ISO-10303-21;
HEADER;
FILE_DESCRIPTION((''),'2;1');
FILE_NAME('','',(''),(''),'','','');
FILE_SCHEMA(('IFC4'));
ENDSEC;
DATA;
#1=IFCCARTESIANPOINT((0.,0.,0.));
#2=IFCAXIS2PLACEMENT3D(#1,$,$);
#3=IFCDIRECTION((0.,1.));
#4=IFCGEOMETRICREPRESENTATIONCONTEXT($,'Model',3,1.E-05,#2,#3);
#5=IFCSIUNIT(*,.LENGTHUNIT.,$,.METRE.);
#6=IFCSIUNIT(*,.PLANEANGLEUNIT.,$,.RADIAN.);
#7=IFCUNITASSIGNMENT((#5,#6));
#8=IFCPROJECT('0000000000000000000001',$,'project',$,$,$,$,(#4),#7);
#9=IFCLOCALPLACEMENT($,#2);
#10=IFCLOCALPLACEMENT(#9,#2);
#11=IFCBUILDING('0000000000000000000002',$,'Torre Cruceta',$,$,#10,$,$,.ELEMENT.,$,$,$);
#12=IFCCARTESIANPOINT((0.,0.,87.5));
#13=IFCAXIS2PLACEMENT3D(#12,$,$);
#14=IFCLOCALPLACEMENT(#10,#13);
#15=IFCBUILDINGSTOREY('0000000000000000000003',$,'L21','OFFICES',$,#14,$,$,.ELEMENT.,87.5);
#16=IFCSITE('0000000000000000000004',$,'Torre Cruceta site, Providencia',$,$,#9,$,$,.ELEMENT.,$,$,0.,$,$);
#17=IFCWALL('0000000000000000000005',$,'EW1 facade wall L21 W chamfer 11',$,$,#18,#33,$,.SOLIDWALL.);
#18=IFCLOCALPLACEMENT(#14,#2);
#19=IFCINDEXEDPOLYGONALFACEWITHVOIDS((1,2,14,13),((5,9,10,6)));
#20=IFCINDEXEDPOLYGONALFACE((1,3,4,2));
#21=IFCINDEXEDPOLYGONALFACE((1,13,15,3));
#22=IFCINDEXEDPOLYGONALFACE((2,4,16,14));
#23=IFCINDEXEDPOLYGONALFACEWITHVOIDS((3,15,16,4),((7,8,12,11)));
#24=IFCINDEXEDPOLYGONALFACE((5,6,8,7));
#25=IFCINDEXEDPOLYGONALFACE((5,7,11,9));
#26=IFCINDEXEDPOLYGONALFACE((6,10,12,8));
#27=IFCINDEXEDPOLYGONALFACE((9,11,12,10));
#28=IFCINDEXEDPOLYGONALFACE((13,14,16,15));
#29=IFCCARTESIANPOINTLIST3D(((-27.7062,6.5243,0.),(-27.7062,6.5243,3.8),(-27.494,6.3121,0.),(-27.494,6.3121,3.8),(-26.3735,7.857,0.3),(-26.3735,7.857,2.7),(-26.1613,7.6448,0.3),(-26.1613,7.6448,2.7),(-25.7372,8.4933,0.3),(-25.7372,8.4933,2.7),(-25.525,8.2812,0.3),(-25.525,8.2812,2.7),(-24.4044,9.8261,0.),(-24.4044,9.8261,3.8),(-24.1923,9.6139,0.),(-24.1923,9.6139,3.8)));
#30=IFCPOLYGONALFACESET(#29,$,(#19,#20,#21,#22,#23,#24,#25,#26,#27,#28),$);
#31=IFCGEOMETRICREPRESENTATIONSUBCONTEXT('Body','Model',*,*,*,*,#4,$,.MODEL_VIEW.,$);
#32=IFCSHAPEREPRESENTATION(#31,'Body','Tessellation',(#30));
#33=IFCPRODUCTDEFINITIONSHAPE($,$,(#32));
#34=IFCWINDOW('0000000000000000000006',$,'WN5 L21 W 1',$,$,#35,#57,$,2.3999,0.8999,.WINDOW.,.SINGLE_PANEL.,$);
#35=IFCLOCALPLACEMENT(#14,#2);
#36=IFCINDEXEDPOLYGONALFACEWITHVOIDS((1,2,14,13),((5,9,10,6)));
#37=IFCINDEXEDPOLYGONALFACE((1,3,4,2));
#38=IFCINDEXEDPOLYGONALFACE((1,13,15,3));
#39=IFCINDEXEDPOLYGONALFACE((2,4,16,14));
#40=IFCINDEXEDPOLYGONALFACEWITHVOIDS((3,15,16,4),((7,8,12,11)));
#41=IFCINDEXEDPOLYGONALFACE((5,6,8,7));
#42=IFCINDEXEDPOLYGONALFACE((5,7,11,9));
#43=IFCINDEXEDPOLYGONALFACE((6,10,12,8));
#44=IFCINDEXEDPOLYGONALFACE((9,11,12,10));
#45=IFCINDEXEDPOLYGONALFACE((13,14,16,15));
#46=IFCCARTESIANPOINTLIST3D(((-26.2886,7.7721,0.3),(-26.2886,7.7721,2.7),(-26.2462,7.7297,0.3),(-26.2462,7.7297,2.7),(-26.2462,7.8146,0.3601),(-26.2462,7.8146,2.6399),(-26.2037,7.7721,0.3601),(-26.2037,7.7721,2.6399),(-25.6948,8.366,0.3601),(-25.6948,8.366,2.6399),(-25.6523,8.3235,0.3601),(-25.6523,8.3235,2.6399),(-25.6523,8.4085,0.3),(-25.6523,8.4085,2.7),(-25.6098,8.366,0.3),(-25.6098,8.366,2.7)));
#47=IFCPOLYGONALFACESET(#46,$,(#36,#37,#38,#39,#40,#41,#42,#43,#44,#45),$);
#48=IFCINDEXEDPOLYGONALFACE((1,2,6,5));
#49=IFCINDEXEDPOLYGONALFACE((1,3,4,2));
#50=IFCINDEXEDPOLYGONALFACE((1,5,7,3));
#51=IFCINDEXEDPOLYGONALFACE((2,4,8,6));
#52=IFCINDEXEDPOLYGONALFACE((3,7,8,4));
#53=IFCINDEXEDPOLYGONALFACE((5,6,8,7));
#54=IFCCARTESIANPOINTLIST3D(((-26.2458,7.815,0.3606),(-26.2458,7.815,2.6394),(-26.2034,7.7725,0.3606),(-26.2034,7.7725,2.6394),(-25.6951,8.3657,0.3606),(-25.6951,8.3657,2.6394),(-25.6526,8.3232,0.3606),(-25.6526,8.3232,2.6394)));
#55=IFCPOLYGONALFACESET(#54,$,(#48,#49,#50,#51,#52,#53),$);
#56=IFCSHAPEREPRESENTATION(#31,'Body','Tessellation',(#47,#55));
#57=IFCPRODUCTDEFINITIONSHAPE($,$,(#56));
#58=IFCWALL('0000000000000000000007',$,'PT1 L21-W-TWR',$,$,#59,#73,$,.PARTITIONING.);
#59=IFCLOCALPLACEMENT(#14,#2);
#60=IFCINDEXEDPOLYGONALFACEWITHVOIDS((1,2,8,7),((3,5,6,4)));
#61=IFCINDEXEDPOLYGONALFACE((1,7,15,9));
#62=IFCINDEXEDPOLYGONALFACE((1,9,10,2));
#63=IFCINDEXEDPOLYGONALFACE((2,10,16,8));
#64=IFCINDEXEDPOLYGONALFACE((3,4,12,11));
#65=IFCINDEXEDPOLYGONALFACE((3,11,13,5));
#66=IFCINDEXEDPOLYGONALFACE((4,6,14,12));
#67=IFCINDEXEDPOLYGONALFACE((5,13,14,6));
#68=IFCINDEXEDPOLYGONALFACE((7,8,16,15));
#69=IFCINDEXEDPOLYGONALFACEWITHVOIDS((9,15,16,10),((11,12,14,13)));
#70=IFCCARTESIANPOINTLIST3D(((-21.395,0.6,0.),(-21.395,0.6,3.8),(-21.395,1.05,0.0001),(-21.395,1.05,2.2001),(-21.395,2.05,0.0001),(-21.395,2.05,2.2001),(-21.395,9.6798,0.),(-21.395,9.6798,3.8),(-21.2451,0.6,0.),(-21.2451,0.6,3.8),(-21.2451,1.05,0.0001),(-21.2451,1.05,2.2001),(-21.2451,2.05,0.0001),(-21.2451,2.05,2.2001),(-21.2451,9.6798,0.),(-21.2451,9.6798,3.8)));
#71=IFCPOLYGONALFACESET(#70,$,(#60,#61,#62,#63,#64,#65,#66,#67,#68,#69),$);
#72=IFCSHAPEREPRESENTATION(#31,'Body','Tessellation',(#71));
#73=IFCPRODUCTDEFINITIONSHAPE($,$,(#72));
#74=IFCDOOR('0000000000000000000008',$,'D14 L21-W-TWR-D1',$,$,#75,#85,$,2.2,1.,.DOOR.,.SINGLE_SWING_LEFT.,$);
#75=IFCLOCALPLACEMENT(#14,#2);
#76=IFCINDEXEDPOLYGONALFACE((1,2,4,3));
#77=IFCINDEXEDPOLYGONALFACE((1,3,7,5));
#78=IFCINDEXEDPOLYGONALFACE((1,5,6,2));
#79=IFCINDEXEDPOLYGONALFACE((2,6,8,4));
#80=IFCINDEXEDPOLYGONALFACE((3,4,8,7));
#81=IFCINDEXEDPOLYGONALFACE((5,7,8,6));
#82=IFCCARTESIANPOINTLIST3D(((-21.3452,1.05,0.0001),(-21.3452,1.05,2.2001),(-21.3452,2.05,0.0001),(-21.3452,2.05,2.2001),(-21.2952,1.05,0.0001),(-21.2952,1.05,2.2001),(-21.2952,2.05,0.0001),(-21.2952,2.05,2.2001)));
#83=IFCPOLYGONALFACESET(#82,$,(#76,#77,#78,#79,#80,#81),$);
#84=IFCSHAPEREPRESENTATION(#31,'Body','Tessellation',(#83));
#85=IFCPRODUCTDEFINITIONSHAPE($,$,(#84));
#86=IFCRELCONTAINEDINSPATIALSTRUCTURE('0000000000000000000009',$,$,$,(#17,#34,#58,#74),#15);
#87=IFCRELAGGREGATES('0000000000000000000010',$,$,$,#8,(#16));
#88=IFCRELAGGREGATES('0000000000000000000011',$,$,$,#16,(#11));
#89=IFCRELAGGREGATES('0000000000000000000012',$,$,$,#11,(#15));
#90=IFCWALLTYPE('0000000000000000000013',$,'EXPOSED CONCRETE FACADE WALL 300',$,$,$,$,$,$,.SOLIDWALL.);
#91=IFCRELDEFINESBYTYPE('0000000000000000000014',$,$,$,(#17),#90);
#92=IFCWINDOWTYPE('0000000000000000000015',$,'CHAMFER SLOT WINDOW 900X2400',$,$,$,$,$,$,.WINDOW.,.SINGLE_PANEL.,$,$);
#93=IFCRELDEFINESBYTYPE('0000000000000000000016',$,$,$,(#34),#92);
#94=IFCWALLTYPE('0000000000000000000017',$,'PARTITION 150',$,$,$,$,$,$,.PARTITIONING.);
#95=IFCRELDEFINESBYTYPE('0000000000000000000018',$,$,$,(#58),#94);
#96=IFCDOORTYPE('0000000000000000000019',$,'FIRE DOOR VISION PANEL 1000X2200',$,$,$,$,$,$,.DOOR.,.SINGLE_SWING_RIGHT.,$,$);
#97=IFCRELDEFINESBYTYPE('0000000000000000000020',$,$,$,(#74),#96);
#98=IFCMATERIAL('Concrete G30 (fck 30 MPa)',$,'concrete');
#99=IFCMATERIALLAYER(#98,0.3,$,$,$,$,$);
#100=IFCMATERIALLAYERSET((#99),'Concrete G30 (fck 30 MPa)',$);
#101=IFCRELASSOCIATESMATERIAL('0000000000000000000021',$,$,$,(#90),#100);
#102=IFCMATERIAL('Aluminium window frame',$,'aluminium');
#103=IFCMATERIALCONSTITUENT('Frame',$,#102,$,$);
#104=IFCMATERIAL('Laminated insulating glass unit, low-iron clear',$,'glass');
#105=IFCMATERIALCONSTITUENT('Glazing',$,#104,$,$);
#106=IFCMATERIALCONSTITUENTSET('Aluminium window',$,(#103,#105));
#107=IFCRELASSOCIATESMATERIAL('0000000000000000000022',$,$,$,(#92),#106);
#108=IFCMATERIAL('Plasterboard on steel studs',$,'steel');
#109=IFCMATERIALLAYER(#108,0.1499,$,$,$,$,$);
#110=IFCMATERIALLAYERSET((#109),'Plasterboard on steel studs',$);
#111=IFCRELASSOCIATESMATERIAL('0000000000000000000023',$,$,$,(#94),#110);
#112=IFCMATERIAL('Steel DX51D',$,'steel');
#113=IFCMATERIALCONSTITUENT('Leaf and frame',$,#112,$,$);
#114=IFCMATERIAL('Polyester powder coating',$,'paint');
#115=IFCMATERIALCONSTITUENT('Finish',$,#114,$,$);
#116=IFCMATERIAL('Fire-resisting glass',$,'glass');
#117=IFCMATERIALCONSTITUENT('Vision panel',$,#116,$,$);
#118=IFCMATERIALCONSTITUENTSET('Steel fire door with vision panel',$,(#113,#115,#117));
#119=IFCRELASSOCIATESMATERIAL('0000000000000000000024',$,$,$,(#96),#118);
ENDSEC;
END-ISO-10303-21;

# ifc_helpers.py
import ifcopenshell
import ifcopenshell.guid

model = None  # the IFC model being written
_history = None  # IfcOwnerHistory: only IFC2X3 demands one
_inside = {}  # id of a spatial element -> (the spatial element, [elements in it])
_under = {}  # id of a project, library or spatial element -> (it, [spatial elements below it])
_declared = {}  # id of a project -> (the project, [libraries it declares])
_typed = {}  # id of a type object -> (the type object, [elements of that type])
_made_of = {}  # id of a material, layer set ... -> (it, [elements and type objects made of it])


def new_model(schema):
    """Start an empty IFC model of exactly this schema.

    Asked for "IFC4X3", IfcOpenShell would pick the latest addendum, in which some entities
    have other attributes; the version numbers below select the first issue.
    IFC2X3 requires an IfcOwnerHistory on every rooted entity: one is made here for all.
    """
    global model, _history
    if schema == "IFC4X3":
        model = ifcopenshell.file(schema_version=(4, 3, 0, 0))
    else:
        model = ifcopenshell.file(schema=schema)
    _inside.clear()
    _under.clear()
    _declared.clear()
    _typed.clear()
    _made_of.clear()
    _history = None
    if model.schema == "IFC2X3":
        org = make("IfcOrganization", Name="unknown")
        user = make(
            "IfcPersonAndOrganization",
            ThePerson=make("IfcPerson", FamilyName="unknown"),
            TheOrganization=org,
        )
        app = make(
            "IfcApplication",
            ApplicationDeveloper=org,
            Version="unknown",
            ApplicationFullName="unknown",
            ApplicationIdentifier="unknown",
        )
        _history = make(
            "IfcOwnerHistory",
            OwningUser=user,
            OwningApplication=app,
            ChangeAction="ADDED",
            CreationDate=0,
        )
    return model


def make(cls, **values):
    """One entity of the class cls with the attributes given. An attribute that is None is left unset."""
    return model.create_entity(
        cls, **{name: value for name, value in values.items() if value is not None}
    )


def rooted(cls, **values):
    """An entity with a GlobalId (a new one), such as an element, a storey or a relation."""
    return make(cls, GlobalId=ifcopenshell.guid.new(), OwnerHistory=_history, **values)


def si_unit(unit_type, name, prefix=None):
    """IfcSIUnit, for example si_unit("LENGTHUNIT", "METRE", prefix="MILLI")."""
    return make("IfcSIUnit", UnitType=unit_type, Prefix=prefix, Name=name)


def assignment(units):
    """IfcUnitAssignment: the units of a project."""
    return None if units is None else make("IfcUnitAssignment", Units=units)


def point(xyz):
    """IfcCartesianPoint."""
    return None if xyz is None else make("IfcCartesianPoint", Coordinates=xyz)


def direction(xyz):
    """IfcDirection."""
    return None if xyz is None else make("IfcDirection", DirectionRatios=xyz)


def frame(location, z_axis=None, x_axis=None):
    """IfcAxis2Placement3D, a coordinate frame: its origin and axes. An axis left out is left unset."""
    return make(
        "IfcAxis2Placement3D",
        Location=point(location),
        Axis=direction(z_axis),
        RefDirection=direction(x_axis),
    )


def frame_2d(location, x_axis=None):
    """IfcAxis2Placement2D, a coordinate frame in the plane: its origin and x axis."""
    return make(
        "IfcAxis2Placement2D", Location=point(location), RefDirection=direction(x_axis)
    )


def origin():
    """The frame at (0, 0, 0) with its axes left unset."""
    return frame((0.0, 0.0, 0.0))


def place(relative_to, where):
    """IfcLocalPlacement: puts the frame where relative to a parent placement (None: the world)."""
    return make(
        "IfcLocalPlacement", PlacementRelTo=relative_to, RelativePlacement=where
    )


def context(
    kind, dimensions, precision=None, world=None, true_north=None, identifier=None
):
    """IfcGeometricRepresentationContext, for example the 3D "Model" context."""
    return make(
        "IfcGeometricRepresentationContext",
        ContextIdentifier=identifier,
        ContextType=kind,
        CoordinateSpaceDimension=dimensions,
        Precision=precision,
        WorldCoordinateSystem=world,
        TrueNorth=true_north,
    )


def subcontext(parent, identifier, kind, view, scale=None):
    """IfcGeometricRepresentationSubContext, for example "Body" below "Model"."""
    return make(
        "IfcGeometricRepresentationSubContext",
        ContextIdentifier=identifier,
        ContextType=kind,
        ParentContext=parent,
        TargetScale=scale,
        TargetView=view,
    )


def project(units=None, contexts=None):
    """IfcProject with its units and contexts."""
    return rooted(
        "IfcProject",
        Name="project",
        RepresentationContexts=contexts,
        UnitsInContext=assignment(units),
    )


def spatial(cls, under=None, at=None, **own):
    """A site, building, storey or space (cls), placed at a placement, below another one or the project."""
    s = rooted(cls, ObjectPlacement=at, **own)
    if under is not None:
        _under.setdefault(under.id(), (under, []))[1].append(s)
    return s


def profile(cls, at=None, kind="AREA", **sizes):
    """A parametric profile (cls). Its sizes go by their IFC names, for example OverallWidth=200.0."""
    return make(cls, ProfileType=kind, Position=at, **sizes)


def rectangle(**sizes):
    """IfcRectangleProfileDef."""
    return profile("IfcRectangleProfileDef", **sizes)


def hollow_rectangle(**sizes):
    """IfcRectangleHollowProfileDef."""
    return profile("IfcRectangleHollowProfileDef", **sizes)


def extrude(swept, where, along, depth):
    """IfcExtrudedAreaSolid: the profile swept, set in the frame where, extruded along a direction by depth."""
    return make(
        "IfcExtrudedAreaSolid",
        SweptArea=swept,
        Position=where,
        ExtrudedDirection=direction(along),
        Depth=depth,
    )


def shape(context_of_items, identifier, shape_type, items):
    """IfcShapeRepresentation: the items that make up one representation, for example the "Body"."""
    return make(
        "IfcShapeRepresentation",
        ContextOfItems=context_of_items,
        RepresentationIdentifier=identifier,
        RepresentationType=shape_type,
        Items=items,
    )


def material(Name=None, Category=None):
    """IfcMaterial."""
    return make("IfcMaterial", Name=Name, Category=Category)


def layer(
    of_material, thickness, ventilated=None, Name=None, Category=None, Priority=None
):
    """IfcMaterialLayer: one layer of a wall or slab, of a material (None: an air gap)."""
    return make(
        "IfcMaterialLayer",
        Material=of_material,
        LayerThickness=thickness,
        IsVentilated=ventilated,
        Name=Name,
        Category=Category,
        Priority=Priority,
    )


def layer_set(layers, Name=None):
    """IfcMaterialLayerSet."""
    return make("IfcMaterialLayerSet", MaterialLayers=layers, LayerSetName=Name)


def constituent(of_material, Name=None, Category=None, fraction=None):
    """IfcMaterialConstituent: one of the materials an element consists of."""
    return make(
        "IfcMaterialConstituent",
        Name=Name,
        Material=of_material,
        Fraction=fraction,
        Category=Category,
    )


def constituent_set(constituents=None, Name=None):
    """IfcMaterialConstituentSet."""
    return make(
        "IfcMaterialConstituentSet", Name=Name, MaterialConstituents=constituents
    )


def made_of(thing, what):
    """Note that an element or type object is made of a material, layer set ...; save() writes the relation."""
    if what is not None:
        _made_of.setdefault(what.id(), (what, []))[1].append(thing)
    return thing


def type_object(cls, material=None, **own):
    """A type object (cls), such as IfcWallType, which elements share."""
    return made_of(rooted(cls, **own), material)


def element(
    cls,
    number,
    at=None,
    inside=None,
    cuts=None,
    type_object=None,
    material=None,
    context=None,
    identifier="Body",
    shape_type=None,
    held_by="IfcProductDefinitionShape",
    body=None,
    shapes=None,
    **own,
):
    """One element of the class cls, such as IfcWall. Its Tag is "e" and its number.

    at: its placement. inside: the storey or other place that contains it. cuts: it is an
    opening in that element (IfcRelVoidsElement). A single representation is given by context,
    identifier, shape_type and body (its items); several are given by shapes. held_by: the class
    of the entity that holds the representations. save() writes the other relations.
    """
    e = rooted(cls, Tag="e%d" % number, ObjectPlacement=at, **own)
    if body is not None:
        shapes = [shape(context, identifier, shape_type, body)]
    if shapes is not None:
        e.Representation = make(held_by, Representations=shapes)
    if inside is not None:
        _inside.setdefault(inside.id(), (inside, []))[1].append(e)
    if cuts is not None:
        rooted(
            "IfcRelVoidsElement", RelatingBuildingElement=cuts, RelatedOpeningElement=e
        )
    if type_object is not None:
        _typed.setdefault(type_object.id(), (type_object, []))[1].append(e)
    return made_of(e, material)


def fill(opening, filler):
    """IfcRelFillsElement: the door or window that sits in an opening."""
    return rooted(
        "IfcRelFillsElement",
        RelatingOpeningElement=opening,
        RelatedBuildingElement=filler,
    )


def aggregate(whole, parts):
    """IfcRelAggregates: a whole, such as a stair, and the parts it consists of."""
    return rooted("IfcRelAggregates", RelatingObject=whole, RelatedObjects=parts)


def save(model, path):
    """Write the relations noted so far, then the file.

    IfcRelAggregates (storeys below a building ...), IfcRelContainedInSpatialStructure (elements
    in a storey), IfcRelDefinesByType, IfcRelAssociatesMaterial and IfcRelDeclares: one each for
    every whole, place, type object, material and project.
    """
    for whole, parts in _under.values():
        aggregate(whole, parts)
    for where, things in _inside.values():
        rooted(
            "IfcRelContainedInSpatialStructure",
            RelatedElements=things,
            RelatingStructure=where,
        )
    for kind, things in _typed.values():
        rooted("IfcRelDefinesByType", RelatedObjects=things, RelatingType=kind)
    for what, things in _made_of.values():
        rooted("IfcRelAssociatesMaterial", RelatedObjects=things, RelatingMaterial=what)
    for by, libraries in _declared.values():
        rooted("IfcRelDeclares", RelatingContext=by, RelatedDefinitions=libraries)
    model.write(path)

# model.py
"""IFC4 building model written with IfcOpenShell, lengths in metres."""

from ifc_helpers import new_model, si_unit, direction, frame, frame_2d, origin, place, context, subcontext, project, spatial, rectangle, hollow_rectangle, extrude, material, layer, layer_set, constituent, constituent_set, type_object, element, fill, save


model = new_model("IFC4")

# Units and contexts
model_context = context("Model", 3, precision=1e-05, world=origin(), true_north=direction((0.0, 1.0)))
body_context = subcontext(model_context, "Body", "Model", "MODEL_VIEW")
ifc_project = project(units=[si_unit("LENGTHUNIT", "METRE"), si_unit("PLANEANGLEUNIT", "RADIAN")], contexts=[model_context])

# Site, building, storey
site_placement = place(None, origin())
site = spatial("IfcSite", under=ifc_project, at=site_placement, Name="Torre Cruceta site, Providencia", CompositionType="ELEMENT", RefElevation=0.0)
building_placement = place(site_placement, origin())
building = spatial("IfcBuilding", under=site, at=building_placement, Name="Torre Cruceta", CompositionType="ELEMENT")
storey_placement = place(building_placement, frame((0.0, 0.0, 87.5)))
storey = spatial("IfcBuildingStorey", under=building, at=storey_placement, Name="L21", Description="OFFICES", CompositionType="ELEMENT", Elevation=87.5)

# Wall, opening, window
ifc_material_1 = material(Name="Concrete G30 (fck 30 MPa)", Category="concrete")
ifc_layer_1 = layer(ifc_material_1, 0.3)
ifc_layer_set_1 = layer_set([ifc_layer_1], Name="Concrete G30 (fck 30 MPa)")
wall_type_1 = type_object("IfcWallType", Name="EXPOSED CONCRETE FACADE WALL 300", PredefinedType="SOLIDWALL", material=ifc_layer_set_1)
wall_1_placement = place(storey_placement, frame((-24.2983, 9.72, 0.0), z_axis=(0.0, 0.0, 1.0), x_axis=(-0.707107, -0.707107, 0.0)))
wall_1 = element("IfcWall", 1, at=wall_1_placement, inside=storey, type_object=wall_type_1, Name="EW1 facade wall L21 W chamfer 11", PredefinedType="SOLIDWALL", context=body_context, shape_type="SweptSolid", body=[
    extrude(rectangle(XDim=4.6694, YDim=0.3, at=frame_2d((2.3347, 0.0))), origin(), (0.0, 0.0, 1.0), 3.8),
])
opening_1_placement = place(wall_1_placement, frame((1.8848, 0.0, 0.3)))
opening_1 = element("IfcOpeningElement", 2, at=opening_1_placement, cuts=wall_1, PredefinedType="OPENING", context=body_context, shape_type="SweptSolid", body=[
    extrude(rectangle(XDim=0.8999, YDim=2.3999, at=frame_2d((0.45, 1.2))), frame((0.0, 0.1599, 0.0), z_axis=(0.0, -1.0, 0.0), x_axis=(1.0, 0.0, 0.0)), (0.0, 0.0, 1.0), 0.3201),
])
ifc_material_2 = material(Name="Aluminium window frame", Category="aluminium")
ifc_constituent_1 = constituent(ifc_material_2, Name="Frame")
ifc_material_3 = material(Name="Laminated insulating glass unit, low-iron clear", Category="glass")
ifc_constituent_2 = constituent(ifc_material_3, Name="Glazing")
ifc_constituent_set_1 = constituent_set(constituents=[ifc_constituent_1, ifc_constituent_2], Name="Aluminium window")
window_type = type_object("IfcWindowType", Name="CHAMFER SLOT WINDOW 900X2400", PartitioningType="SINGLE_PANEL", PredefinedType="WINDOW", material=ifc_constituent_set_1)
window_placement = place(opening_1_placement, origin())
window = element("IfcWindow", 3, at=window_placement, inside=storey, type_object=window_type, Name="WN5 L21 W 1", OverallHeight=2.3999, OverallWidth=0.8999, PartitioningType="SINGLE_PANEL", PredefinedType="WINDOW", context=body_context, shape_type="SweptSolid", body=[
    extrude(hollow_rectangle(XDim=0.8999, YDim=2.3999, WallThickness=0.0601, at=frame_2d((0.45, 1.2))), frame((0.0, 0.03, 0.0), z_axis=(0.0, -1.0, 0.0), x_axis=(1.0, 0.0, 0.0)), (0.0, 0.0, 1.0), 0.0601),
    extrude(rectangle(XDim=0.7788, YDim=2.2788, at=frame_2d((0.45, 1.2))), frame((0.0, 0.03, 0.0), z_axis=(0.0, -1.0, 0.0), x_axis=(1.0, 0.0, 0.0)), (0.0, 0.0, 1.0), 0.0601),
])
fill(opening_1, window)

# Wall, opening, door
ifc_material_4 = material(Name="Plasterboard on steel studs", Category="steel")
ifc_layer_2 = layer(ifc_material_4, 0.1499)
ifc_layer_set_2 = layer_set([ifc_layer_2], Name="Plasterboard on steel studs")
wall_type_2 = type_object("IfcWallType", Name="PARTITION 150", PredefinedType="PARTITIONING", material=ifc_layer_set_2)
wall_2_placement = place(storey_placement, frame((-21.3201, 9.6799, 0.0), z_axis=(0.0, 0.0, 1.0), x_axis=(0.0, -1.0, 0.0)))
wall_2 = element("IfcWall", 4, at=wall_2_placement, inside=storey, type_object=wall_type_2, Name="PT1 L21-W-TWR", PredefinedType="PARTITIONING", context=body_context, shape_type="SweptSolid", body=[
    extrude(rectangle(XDim=9.0798, YDim=0.1499, at=frame_2d((4.54, 0.0))), origin(), (0.0, 0.0, 1.0), 3.8),
])
opening_2_placement = place(wall_2_placement, frame((7.6299, 0.0, 0.0)))
opening_2 = element("IfcOpeningElement", 5, at=opening_2_placement, cuts=wall_2, PredefinedType="OPENING", context=body_context, shape_type="SweptSolid", body=[
    extrude(rectangle(XDim=1.0, YDim=2.2, at=frame_2d((0.5, 1.1001))), frame((0.0, 0.085, 0.0), z_axis=(0.0, -1.0, 0.0), x_axis=(1.0, 0.0, 0.0)), (0.0, 0.0, 1.0), 0.1699),
])
ifc_material_5 = material(Name="Steel DX51D", Category="steel")
ifc_constituent_3 = constituent(ifc_material_5, Name="Leaf and frame")
ifc_material_6 = material(Name="Polyester powder coating", Category="paint")
ifc_constituent_4 = constituent(ifc_material_6, Name="Finish")
ifc_material_7 = material(Name="Fire-resisting glass", Category="glass")
ifc_constituent_5 = constituent(ifc_material_7, Name="Vision panel")
ifc_constituent_set_2 = constituent_set(constituents=[ifc_constituent_3, ifc_constituent_4, ifc_constituent_5], Name="Steel fire door with vision panel")
door_type = type_object("IfcDoorType", Name="FIRE DOOR VISION PANEL 1000X2200", OperationType="SINGLE_SWING_RIGHT", PredefinedType="DOOR", material=ifc_constituent_set_2)
door_placement = place(opening_2_placement, frame((1.0, 0.0, 0.0), z_axis=(0.0, 0.0, 1.0), x_axis=(-1.0, 0.0, 0.0)))
door = element("IfcDoor", 6, at=door_placement, inside=storey, type_object=door_type, Name="D14 L21-W-TWR-D1", OperationType="SINGLE_SWING_LEFT", OverallHeight=2.2, OverallWidth=1.0, PredefinedType="DOOR", context=body_context, shape_type="SweptSolid", body=[
    extrude(rectangle(XDim=1.0, YDim=2.2, at=frame_2d((0.5, 1.1001))), frame((0.0, 0.0251, 0.0), z_axis=(0.0, -1.0, 0.0), x_axis=(1.0, 0.0, 0.0)), (0.0, 0.0, 1.0), 0.05),
])
fill(opening_2, door)

save(model, "model.ifc")
